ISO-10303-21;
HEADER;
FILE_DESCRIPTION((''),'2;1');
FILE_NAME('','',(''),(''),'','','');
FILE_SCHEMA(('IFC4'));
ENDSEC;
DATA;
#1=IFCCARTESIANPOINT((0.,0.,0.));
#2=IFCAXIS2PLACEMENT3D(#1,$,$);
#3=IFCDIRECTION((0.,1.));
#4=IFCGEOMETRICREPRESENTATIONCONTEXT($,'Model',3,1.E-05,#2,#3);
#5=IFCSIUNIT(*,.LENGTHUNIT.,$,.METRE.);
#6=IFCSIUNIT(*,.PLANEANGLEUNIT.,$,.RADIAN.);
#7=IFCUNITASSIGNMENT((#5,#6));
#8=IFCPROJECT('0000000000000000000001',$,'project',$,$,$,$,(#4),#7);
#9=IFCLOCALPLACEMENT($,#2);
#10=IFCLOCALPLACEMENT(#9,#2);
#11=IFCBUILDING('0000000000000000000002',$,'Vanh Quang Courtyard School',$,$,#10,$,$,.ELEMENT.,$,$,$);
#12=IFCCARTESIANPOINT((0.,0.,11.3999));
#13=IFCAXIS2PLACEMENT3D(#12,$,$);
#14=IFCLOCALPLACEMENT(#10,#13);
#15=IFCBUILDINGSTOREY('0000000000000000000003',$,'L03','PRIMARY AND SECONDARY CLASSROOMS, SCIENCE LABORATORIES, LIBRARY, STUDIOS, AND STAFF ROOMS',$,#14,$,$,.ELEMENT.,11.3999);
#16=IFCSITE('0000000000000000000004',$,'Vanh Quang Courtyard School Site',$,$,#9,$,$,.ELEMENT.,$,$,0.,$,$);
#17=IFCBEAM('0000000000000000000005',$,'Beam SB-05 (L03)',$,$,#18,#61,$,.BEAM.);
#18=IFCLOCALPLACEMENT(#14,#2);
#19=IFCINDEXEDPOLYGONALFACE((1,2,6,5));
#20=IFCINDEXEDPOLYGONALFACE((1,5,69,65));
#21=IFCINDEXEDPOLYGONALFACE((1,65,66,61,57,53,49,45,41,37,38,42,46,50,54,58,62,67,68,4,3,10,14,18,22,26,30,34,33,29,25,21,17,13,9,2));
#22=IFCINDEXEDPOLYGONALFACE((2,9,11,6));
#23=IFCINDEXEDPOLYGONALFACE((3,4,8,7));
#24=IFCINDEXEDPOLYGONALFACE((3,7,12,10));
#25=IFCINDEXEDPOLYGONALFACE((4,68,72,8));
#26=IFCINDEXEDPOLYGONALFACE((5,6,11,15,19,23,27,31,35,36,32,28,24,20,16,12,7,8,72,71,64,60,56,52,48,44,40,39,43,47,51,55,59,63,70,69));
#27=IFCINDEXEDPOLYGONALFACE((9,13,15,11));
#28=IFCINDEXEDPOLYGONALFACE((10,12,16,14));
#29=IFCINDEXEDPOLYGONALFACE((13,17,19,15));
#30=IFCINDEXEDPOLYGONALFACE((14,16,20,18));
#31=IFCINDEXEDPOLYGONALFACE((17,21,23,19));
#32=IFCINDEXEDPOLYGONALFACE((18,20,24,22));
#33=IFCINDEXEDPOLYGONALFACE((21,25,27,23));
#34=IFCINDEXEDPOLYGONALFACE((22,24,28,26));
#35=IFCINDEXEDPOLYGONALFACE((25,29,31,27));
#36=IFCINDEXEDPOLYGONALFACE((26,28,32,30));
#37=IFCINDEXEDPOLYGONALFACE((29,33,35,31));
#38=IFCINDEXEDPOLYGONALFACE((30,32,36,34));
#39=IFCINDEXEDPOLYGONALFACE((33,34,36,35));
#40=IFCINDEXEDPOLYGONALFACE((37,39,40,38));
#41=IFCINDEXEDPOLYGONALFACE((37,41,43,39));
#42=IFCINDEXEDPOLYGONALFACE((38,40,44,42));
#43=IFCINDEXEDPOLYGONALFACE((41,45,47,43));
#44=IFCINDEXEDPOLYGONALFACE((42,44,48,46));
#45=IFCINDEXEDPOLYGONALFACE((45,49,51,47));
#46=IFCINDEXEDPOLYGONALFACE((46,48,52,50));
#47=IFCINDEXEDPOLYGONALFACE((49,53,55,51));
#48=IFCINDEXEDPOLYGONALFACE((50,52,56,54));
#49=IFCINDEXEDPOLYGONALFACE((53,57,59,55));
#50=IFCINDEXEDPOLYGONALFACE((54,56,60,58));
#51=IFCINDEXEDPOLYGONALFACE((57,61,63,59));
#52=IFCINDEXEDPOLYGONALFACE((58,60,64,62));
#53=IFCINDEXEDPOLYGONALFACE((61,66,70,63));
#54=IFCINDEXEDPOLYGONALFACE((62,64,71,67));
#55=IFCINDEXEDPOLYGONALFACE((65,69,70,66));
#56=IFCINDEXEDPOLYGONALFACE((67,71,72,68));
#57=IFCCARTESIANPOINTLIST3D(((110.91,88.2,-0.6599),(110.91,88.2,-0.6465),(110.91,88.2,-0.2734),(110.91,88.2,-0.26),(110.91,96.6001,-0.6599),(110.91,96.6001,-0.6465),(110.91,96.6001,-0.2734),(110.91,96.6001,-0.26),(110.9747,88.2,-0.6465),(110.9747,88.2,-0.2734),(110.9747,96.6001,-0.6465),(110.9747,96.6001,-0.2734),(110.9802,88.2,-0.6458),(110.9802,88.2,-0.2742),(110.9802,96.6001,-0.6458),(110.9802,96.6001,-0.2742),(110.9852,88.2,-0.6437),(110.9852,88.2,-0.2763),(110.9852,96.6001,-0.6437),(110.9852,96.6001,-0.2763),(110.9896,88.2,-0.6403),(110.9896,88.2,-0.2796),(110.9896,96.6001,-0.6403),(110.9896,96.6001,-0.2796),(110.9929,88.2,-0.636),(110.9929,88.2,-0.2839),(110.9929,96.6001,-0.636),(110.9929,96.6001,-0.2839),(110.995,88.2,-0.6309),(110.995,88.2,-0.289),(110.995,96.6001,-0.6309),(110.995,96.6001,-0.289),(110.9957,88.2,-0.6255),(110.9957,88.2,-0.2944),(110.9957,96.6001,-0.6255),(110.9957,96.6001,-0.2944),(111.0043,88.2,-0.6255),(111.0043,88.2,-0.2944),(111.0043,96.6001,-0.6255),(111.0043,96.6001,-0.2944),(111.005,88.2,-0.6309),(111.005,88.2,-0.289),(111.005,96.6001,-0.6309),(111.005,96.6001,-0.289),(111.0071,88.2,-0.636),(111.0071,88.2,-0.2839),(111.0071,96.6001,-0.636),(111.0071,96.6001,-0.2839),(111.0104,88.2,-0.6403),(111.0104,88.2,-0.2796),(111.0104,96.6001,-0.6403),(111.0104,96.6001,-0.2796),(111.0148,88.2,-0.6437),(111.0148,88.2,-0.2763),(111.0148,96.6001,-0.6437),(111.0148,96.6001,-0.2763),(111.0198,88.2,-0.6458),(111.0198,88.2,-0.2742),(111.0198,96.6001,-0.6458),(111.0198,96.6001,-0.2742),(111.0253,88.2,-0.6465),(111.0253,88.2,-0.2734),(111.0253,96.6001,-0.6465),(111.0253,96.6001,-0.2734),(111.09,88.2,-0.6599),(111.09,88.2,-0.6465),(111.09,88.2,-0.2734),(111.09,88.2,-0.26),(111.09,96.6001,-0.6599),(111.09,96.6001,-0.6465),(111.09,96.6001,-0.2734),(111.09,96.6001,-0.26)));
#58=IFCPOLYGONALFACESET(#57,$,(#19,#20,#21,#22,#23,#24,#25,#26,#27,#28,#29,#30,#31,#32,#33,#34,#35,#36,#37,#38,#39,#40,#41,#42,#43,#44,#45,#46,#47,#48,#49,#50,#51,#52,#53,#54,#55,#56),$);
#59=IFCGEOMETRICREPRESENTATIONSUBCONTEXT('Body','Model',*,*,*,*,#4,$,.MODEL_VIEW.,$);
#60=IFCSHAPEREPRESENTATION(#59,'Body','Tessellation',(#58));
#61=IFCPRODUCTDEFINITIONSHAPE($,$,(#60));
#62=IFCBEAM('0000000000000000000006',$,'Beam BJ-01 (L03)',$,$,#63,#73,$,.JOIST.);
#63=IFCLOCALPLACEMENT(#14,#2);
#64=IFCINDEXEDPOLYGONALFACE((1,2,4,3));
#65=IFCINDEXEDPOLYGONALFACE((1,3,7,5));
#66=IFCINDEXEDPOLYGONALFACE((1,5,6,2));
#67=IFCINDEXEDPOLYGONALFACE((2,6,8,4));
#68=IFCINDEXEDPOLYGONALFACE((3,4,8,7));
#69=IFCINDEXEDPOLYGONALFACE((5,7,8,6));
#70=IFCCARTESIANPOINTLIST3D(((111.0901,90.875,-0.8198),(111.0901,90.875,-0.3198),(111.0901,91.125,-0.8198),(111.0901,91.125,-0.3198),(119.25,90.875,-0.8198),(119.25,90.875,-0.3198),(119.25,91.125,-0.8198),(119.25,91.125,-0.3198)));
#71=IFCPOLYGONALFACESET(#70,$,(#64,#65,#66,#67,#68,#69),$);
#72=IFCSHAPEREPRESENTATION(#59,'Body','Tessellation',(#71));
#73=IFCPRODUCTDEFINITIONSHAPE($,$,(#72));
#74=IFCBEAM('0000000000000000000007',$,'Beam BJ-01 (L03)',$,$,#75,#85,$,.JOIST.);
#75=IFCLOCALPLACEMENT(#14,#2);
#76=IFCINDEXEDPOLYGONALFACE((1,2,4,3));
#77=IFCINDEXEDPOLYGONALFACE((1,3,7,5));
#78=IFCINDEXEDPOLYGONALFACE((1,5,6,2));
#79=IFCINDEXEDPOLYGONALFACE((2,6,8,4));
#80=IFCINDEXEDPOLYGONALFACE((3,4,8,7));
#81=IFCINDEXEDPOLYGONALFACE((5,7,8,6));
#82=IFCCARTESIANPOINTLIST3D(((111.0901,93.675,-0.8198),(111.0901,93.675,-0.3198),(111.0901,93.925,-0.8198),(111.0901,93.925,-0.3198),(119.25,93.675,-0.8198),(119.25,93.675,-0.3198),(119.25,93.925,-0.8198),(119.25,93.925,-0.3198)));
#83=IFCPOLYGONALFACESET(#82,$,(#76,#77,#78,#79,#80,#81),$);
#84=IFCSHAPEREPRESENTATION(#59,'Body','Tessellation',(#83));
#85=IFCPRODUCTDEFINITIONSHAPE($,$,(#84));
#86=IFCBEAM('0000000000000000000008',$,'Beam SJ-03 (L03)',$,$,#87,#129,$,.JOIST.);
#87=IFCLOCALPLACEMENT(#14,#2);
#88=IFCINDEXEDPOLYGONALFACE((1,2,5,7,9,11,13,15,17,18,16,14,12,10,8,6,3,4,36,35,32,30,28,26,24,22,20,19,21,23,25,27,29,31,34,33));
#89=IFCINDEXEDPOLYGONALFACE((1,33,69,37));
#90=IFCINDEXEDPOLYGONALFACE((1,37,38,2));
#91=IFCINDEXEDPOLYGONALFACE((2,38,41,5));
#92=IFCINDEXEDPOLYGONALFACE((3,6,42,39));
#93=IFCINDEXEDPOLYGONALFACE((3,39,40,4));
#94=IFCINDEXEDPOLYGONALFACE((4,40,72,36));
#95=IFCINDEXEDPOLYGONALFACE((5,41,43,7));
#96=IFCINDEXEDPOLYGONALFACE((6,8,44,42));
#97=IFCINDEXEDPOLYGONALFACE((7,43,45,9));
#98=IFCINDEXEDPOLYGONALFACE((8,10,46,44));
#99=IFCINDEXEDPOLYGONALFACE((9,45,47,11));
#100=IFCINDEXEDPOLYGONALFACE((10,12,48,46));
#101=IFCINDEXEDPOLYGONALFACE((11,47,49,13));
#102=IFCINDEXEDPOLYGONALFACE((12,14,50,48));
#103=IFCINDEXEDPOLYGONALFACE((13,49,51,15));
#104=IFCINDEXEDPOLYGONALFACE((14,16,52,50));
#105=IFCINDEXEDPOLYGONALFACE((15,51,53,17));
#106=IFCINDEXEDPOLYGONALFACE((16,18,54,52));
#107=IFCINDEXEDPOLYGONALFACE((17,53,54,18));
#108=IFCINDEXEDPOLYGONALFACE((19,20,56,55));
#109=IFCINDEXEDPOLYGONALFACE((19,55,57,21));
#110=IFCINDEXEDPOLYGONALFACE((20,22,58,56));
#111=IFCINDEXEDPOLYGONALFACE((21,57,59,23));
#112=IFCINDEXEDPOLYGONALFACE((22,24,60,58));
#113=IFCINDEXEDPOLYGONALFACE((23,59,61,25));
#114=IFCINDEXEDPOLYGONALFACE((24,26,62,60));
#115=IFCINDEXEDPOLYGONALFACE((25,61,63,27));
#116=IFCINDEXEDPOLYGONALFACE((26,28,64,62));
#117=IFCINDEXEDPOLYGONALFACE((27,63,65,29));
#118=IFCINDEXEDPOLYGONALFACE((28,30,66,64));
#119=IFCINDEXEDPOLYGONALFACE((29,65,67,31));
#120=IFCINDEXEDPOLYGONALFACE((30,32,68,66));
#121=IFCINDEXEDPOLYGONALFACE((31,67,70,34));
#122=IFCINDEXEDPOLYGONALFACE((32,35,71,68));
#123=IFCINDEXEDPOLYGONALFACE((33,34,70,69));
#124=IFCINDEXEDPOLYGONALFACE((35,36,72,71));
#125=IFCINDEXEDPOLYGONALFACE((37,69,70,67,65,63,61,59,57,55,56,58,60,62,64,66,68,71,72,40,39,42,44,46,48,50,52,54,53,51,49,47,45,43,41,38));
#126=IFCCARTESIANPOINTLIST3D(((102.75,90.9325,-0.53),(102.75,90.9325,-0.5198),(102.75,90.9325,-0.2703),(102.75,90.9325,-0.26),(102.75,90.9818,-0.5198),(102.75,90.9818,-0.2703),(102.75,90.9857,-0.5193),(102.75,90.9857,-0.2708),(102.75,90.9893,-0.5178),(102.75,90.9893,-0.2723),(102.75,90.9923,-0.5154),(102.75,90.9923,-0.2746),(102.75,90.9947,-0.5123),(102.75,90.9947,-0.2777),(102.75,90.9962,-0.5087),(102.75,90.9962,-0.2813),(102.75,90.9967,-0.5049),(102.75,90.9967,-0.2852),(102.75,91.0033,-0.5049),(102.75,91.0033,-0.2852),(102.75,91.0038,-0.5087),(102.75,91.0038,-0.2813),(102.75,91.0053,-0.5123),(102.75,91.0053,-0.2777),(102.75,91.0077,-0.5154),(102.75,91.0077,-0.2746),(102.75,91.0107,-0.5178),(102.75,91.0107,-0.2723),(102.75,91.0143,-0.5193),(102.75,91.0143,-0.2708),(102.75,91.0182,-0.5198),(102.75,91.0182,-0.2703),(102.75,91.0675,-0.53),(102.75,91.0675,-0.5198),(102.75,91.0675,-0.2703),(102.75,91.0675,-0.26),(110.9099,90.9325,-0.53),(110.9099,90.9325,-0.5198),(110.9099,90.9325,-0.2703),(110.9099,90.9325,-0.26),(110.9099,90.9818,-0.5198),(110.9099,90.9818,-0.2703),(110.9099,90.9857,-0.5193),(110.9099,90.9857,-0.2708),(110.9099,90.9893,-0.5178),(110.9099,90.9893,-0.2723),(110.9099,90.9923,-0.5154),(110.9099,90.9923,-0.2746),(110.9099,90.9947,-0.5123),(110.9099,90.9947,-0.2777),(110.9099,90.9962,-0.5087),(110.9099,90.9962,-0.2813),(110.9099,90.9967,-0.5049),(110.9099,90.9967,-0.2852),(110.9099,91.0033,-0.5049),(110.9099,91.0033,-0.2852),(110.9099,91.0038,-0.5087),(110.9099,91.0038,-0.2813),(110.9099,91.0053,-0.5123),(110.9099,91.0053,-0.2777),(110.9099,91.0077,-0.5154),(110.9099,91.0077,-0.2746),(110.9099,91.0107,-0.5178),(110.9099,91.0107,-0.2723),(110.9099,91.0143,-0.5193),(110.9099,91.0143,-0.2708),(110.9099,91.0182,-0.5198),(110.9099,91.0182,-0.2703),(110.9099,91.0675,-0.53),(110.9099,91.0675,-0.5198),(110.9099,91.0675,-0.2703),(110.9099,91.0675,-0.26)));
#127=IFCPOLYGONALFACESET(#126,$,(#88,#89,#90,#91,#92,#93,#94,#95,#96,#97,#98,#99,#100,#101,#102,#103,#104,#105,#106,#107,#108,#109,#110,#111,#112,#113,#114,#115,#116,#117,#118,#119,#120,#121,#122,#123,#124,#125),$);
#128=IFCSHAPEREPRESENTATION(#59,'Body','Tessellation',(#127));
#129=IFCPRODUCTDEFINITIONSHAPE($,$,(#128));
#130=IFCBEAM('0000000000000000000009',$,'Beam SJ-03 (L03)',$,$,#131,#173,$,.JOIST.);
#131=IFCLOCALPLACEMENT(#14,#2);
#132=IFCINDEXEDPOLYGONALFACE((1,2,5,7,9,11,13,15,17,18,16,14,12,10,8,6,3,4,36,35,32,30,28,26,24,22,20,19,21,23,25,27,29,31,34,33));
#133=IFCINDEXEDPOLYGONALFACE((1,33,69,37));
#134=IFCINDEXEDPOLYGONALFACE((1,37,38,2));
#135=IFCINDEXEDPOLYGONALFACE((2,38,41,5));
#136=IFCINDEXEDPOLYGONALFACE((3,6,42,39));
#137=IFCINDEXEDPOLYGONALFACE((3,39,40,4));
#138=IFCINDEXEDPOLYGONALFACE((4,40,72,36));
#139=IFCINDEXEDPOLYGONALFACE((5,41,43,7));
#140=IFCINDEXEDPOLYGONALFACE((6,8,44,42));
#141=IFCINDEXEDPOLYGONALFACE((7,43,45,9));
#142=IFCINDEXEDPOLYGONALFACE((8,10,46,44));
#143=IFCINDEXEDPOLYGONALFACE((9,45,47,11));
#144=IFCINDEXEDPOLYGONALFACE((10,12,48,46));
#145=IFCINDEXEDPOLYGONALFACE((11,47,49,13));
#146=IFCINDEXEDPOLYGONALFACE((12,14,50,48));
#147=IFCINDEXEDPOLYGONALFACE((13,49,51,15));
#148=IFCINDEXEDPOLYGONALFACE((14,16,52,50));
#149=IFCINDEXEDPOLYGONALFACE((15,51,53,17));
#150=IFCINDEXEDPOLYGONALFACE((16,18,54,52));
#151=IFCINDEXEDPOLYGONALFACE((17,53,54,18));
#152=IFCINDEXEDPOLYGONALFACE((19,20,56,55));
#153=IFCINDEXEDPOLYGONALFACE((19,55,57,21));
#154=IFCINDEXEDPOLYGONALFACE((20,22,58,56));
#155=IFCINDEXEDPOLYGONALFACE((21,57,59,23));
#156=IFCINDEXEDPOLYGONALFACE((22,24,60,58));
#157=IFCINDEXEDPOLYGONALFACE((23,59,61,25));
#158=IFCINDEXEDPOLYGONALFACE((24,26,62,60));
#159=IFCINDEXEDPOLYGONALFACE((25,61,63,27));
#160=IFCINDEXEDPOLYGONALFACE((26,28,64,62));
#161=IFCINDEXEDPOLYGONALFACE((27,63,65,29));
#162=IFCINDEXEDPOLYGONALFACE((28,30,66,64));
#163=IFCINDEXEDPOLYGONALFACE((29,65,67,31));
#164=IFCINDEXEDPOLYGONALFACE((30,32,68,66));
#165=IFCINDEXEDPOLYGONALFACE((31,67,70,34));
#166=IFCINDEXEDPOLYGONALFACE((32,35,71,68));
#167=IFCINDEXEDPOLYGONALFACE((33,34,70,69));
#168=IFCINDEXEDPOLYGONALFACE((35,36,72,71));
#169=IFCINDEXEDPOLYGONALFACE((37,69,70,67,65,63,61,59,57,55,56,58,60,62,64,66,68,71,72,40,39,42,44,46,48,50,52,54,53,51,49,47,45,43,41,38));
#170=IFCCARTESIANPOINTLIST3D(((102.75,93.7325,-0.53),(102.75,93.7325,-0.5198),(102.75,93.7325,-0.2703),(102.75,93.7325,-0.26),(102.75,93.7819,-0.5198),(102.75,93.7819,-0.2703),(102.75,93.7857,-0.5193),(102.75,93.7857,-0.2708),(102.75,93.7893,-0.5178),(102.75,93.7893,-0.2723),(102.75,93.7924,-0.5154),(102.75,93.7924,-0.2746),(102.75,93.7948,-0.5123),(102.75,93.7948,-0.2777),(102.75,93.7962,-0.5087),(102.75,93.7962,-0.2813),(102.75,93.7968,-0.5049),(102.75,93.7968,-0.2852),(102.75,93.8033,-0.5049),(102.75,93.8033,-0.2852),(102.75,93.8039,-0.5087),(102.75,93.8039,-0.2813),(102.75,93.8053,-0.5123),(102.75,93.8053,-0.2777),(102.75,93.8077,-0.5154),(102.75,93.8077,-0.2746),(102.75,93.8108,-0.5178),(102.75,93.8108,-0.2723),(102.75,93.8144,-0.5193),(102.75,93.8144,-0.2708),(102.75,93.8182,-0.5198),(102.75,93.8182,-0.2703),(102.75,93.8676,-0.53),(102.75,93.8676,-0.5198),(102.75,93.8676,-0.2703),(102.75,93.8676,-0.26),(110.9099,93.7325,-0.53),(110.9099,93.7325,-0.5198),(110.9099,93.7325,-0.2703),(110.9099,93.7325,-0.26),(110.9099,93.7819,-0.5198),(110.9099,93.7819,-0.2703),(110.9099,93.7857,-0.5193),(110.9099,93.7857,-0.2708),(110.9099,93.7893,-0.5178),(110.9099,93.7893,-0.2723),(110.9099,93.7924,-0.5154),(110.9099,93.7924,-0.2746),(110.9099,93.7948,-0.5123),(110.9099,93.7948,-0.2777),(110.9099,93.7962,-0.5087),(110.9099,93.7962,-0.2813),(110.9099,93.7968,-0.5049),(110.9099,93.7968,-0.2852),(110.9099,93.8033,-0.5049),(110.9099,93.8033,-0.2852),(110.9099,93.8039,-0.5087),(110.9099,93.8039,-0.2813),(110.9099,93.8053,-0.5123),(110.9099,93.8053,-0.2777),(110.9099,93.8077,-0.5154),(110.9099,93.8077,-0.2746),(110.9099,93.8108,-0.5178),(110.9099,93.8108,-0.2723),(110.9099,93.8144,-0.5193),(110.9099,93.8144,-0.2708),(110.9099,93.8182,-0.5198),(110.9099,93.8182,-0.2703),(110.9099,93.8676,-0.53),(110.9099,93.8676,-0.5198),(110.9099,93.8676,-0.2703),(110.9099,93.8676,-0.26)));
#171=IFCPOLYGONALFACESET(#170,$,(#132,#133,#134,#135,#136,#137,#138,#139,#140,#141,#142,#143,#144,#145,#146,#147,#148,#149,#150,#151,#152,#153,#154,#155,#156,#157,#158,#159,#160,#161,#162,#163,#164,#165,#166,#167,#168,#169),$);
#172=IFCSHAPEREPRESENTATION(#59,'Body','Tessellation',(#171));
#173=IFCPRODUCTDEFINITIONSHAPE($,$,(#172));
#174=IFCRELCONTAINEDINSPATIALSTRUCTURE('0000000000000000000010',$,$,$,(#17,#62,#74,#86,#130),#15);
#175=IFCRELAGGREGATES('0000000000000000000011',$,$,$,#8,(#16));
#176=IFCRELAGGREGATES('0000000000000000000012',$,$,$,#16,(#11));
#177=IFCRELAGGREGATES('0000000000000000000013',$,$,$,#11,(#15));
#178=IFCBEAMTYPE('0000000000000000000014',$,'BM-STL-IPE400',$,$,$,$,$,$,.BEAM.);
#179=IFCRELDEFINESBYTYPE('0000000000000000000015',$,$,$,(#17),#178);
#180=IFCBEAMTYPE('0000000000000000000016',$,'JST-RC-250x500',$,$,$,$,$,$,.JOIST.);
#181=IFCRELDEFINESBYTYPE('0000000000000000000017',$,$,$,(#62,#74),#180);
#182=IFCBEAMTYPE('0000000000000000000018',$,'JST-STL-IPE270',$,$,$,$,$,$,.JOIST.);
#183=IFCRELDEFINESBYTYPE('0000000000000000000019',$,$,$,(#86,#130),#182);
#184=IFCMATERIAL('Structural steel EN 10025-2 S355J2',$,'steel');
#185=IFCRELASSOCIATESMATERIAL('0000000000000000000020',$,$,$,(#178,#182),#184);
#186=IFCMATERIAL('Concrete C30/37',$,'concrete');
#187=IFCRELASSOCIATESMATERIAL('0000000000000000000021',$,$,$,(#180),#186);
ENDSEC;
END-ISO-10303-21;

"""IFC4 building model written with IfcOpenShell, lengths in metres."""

from ifc_helpers import new_model, si_unit, direction, frame, origin, origin_2d, place, context, subcontext, project, spatial, rectangle, i_section, extrude, material, material_profile, profile_set, type_object, element, save


model = new_model("IFC4")

# Units and contexts
model_context = context("Model", 3, precision=1e-05, world=origin(), true_north=direction((0.0, 1.0)))
body_context = subcontext(model_context, "Body", "Model", "MODEL_VIEW")
ifc_project = project(units=[si_unit("LENGTHUNIT", "METRE"), si_unit("PLANEANGLEUNIT", "RADIAN")], contexts=[model_context])

# Site, building, storey
site_placement = place(None, origin())
site = spatial("IfcSite", under=ifc_project, at=site_placement, Name="Vanh Quang Courtyard School Site", CompositionType="ELEMENT", RefElevation=0.0)
building_placement = place(site_placement, origin())
building = spatial("IfcBuilding", under=site, at=building_placement, Name="Vanh Quang Courtyard School", CompositionType="ELEMENT")
storey_placement = place(building_placement, frame((0.0, 0.0, 11.3999)))
storey = spatial("IfcBuildingStorey", under=building, at=storey_placement, Name="L03", Description="PRIMARY AND SECONDARY CLASSROOMS, SCIENCE LABORATORIES, LIBRARY, STUDIOS, AND STAFF ROOMS", CompositionType="ELEMENT", Elevation=11.3999)

# Beams
ifc_material_1 = material(Name="Structural steel EN 10025-2 S355J2", Category="steel")
ifc_material_profile_1 = material_profile(ifc_material_1, i_section(OverallWidth=0.1799, OverallDepth=0.3999, WebThickness=0.0085, FlangeThickness=0.0134, FilletRadius=0.021, at=origin_2d()), Name="IPE 400")
ifc_profile_set_1 = profile_set([ifc_material_profile_1], Name="Structural steel EN 10025-2 S355J2")
beam_type_1 = type_object("IfcBeamType", Name="BM-STL-IPE400", PredefinedType="BEAM", material=ifc_profile_set_1)
beam_1_placement = place(storey_placement, frame((111.0, 88.2, -0.46), z_axis=(0.0, 1.0, 0.0), x_axis=(-1.0, 0.0, 0.0)))
element("IfcBeam", 1, at=beam_1_placement, inside=storey, type_object=beam_type_1, Name="Beam SB-05 (L03)", PredefinedType="BEAM", context=body_context, shape_type="SweptSolid", body=[
    extrude(i_section(OverallWidth=0.1799, OverallDepth=0.3999, WebThickness=0.0085, FlangeThickness=0.0134, FilletRadius=0.021, at=origin_2d()), origin(), (0.0, 0.0, 1.0), 8.4001),
])
ifc_material_2 = material(Name="Concrete C30/37", Category="concrete")
ifc_material_profile_2 = material_profile(ifc_material_2, rectangle(XDim=0.25, YDim=0.5, at=origin_2d()), Name="RC-JST 250x500")
ifc_profile_set_2 = profile_set([ifc_material_profile_2], Name="Concrete C30/37")
beam_type_2 = type_object("IfcBeamType", Name="JST-RC-250x500", PredefinedType="JOIST", material=ifc_profile_set_2)
for number, where, z_axis, x_axis, name in (
    (2, (111.0901, 91.0, -0.5698), (1.0, 0.0, 0.0), (0.0, 1.0, 0.0), "Beam BJ-01 (L03)"),
    (3, (111.0901, 93.8, -0.5698), (1.0, 0.0, 0.0), (0.0, 1.0, 0.0), "Beam BJ-01 (L03)"),
):
    element("IfcBeam", number, at=place(storey_placement, frame(where, z_axis=z_axis, x_axis=x_axis)), inside=storey, type_object=beam_type_2, Name=name, PredefinedType="JOIST", context=body_context, shape_type="SweptSolid", body=[
        extrude(rectangle(XDim=0.25, YDim=0.5, at=origin_2d()), origin(), (0.0, 0.0, 1.0), 8.1599),
    ])
ifc_material_profile_3 = material_profile(ifc_material_1, i_section(OverallWidth=0.135, OverallDepth=0.27, WebThickness=0.0066, FlangeThickness=0.0103, FilletRadius=0.0149, at=origin_2d()), Name="IPE 270")
ifc_profile_set_3 = profile_set([ifc_material_profile_3], Name="Structural steel EN 10025-2 S355J2")
beam_type_3 = type_object("IfcBeamType", Name="JST-STL-IPE270", PredefinedType="JOIST", material=ifc_profile_set_3)
for number, where, z_axis, x_axis, name in (
    (4, (102.75, 91.0, -0.395), (1.0, 0.0, 0.0), (0.0, 1.0, 0.0), "Beam SJ-03 (L03)"),
    (5, (102.75, 93.8, -0.395), (1.0, 0.0, 0.0), (0.0, 1.0, 0.0), "Beam SJ-03 (L03)"),
):
    element("IfcBeam", number, at=place(storey_placement, frame(where, z_axis=z_axis, x_axis=x_axis)), inside=storey, type_object=beam_type_3, Name=name, PredefinedType="JOIST", context=body_context, shape_type="SweptSolid", body=[
        extrude(i_section(OverallWidth=0.135, OverallDepth=0.27, WebThickness=0.0066, FlangeThickness=0.0103, FilletRadius=0.0149, at=origin_2d()), origin(), (0.0, 0.0, 1.0), 8.1599),
    ])

save(model, "model.ifc")
